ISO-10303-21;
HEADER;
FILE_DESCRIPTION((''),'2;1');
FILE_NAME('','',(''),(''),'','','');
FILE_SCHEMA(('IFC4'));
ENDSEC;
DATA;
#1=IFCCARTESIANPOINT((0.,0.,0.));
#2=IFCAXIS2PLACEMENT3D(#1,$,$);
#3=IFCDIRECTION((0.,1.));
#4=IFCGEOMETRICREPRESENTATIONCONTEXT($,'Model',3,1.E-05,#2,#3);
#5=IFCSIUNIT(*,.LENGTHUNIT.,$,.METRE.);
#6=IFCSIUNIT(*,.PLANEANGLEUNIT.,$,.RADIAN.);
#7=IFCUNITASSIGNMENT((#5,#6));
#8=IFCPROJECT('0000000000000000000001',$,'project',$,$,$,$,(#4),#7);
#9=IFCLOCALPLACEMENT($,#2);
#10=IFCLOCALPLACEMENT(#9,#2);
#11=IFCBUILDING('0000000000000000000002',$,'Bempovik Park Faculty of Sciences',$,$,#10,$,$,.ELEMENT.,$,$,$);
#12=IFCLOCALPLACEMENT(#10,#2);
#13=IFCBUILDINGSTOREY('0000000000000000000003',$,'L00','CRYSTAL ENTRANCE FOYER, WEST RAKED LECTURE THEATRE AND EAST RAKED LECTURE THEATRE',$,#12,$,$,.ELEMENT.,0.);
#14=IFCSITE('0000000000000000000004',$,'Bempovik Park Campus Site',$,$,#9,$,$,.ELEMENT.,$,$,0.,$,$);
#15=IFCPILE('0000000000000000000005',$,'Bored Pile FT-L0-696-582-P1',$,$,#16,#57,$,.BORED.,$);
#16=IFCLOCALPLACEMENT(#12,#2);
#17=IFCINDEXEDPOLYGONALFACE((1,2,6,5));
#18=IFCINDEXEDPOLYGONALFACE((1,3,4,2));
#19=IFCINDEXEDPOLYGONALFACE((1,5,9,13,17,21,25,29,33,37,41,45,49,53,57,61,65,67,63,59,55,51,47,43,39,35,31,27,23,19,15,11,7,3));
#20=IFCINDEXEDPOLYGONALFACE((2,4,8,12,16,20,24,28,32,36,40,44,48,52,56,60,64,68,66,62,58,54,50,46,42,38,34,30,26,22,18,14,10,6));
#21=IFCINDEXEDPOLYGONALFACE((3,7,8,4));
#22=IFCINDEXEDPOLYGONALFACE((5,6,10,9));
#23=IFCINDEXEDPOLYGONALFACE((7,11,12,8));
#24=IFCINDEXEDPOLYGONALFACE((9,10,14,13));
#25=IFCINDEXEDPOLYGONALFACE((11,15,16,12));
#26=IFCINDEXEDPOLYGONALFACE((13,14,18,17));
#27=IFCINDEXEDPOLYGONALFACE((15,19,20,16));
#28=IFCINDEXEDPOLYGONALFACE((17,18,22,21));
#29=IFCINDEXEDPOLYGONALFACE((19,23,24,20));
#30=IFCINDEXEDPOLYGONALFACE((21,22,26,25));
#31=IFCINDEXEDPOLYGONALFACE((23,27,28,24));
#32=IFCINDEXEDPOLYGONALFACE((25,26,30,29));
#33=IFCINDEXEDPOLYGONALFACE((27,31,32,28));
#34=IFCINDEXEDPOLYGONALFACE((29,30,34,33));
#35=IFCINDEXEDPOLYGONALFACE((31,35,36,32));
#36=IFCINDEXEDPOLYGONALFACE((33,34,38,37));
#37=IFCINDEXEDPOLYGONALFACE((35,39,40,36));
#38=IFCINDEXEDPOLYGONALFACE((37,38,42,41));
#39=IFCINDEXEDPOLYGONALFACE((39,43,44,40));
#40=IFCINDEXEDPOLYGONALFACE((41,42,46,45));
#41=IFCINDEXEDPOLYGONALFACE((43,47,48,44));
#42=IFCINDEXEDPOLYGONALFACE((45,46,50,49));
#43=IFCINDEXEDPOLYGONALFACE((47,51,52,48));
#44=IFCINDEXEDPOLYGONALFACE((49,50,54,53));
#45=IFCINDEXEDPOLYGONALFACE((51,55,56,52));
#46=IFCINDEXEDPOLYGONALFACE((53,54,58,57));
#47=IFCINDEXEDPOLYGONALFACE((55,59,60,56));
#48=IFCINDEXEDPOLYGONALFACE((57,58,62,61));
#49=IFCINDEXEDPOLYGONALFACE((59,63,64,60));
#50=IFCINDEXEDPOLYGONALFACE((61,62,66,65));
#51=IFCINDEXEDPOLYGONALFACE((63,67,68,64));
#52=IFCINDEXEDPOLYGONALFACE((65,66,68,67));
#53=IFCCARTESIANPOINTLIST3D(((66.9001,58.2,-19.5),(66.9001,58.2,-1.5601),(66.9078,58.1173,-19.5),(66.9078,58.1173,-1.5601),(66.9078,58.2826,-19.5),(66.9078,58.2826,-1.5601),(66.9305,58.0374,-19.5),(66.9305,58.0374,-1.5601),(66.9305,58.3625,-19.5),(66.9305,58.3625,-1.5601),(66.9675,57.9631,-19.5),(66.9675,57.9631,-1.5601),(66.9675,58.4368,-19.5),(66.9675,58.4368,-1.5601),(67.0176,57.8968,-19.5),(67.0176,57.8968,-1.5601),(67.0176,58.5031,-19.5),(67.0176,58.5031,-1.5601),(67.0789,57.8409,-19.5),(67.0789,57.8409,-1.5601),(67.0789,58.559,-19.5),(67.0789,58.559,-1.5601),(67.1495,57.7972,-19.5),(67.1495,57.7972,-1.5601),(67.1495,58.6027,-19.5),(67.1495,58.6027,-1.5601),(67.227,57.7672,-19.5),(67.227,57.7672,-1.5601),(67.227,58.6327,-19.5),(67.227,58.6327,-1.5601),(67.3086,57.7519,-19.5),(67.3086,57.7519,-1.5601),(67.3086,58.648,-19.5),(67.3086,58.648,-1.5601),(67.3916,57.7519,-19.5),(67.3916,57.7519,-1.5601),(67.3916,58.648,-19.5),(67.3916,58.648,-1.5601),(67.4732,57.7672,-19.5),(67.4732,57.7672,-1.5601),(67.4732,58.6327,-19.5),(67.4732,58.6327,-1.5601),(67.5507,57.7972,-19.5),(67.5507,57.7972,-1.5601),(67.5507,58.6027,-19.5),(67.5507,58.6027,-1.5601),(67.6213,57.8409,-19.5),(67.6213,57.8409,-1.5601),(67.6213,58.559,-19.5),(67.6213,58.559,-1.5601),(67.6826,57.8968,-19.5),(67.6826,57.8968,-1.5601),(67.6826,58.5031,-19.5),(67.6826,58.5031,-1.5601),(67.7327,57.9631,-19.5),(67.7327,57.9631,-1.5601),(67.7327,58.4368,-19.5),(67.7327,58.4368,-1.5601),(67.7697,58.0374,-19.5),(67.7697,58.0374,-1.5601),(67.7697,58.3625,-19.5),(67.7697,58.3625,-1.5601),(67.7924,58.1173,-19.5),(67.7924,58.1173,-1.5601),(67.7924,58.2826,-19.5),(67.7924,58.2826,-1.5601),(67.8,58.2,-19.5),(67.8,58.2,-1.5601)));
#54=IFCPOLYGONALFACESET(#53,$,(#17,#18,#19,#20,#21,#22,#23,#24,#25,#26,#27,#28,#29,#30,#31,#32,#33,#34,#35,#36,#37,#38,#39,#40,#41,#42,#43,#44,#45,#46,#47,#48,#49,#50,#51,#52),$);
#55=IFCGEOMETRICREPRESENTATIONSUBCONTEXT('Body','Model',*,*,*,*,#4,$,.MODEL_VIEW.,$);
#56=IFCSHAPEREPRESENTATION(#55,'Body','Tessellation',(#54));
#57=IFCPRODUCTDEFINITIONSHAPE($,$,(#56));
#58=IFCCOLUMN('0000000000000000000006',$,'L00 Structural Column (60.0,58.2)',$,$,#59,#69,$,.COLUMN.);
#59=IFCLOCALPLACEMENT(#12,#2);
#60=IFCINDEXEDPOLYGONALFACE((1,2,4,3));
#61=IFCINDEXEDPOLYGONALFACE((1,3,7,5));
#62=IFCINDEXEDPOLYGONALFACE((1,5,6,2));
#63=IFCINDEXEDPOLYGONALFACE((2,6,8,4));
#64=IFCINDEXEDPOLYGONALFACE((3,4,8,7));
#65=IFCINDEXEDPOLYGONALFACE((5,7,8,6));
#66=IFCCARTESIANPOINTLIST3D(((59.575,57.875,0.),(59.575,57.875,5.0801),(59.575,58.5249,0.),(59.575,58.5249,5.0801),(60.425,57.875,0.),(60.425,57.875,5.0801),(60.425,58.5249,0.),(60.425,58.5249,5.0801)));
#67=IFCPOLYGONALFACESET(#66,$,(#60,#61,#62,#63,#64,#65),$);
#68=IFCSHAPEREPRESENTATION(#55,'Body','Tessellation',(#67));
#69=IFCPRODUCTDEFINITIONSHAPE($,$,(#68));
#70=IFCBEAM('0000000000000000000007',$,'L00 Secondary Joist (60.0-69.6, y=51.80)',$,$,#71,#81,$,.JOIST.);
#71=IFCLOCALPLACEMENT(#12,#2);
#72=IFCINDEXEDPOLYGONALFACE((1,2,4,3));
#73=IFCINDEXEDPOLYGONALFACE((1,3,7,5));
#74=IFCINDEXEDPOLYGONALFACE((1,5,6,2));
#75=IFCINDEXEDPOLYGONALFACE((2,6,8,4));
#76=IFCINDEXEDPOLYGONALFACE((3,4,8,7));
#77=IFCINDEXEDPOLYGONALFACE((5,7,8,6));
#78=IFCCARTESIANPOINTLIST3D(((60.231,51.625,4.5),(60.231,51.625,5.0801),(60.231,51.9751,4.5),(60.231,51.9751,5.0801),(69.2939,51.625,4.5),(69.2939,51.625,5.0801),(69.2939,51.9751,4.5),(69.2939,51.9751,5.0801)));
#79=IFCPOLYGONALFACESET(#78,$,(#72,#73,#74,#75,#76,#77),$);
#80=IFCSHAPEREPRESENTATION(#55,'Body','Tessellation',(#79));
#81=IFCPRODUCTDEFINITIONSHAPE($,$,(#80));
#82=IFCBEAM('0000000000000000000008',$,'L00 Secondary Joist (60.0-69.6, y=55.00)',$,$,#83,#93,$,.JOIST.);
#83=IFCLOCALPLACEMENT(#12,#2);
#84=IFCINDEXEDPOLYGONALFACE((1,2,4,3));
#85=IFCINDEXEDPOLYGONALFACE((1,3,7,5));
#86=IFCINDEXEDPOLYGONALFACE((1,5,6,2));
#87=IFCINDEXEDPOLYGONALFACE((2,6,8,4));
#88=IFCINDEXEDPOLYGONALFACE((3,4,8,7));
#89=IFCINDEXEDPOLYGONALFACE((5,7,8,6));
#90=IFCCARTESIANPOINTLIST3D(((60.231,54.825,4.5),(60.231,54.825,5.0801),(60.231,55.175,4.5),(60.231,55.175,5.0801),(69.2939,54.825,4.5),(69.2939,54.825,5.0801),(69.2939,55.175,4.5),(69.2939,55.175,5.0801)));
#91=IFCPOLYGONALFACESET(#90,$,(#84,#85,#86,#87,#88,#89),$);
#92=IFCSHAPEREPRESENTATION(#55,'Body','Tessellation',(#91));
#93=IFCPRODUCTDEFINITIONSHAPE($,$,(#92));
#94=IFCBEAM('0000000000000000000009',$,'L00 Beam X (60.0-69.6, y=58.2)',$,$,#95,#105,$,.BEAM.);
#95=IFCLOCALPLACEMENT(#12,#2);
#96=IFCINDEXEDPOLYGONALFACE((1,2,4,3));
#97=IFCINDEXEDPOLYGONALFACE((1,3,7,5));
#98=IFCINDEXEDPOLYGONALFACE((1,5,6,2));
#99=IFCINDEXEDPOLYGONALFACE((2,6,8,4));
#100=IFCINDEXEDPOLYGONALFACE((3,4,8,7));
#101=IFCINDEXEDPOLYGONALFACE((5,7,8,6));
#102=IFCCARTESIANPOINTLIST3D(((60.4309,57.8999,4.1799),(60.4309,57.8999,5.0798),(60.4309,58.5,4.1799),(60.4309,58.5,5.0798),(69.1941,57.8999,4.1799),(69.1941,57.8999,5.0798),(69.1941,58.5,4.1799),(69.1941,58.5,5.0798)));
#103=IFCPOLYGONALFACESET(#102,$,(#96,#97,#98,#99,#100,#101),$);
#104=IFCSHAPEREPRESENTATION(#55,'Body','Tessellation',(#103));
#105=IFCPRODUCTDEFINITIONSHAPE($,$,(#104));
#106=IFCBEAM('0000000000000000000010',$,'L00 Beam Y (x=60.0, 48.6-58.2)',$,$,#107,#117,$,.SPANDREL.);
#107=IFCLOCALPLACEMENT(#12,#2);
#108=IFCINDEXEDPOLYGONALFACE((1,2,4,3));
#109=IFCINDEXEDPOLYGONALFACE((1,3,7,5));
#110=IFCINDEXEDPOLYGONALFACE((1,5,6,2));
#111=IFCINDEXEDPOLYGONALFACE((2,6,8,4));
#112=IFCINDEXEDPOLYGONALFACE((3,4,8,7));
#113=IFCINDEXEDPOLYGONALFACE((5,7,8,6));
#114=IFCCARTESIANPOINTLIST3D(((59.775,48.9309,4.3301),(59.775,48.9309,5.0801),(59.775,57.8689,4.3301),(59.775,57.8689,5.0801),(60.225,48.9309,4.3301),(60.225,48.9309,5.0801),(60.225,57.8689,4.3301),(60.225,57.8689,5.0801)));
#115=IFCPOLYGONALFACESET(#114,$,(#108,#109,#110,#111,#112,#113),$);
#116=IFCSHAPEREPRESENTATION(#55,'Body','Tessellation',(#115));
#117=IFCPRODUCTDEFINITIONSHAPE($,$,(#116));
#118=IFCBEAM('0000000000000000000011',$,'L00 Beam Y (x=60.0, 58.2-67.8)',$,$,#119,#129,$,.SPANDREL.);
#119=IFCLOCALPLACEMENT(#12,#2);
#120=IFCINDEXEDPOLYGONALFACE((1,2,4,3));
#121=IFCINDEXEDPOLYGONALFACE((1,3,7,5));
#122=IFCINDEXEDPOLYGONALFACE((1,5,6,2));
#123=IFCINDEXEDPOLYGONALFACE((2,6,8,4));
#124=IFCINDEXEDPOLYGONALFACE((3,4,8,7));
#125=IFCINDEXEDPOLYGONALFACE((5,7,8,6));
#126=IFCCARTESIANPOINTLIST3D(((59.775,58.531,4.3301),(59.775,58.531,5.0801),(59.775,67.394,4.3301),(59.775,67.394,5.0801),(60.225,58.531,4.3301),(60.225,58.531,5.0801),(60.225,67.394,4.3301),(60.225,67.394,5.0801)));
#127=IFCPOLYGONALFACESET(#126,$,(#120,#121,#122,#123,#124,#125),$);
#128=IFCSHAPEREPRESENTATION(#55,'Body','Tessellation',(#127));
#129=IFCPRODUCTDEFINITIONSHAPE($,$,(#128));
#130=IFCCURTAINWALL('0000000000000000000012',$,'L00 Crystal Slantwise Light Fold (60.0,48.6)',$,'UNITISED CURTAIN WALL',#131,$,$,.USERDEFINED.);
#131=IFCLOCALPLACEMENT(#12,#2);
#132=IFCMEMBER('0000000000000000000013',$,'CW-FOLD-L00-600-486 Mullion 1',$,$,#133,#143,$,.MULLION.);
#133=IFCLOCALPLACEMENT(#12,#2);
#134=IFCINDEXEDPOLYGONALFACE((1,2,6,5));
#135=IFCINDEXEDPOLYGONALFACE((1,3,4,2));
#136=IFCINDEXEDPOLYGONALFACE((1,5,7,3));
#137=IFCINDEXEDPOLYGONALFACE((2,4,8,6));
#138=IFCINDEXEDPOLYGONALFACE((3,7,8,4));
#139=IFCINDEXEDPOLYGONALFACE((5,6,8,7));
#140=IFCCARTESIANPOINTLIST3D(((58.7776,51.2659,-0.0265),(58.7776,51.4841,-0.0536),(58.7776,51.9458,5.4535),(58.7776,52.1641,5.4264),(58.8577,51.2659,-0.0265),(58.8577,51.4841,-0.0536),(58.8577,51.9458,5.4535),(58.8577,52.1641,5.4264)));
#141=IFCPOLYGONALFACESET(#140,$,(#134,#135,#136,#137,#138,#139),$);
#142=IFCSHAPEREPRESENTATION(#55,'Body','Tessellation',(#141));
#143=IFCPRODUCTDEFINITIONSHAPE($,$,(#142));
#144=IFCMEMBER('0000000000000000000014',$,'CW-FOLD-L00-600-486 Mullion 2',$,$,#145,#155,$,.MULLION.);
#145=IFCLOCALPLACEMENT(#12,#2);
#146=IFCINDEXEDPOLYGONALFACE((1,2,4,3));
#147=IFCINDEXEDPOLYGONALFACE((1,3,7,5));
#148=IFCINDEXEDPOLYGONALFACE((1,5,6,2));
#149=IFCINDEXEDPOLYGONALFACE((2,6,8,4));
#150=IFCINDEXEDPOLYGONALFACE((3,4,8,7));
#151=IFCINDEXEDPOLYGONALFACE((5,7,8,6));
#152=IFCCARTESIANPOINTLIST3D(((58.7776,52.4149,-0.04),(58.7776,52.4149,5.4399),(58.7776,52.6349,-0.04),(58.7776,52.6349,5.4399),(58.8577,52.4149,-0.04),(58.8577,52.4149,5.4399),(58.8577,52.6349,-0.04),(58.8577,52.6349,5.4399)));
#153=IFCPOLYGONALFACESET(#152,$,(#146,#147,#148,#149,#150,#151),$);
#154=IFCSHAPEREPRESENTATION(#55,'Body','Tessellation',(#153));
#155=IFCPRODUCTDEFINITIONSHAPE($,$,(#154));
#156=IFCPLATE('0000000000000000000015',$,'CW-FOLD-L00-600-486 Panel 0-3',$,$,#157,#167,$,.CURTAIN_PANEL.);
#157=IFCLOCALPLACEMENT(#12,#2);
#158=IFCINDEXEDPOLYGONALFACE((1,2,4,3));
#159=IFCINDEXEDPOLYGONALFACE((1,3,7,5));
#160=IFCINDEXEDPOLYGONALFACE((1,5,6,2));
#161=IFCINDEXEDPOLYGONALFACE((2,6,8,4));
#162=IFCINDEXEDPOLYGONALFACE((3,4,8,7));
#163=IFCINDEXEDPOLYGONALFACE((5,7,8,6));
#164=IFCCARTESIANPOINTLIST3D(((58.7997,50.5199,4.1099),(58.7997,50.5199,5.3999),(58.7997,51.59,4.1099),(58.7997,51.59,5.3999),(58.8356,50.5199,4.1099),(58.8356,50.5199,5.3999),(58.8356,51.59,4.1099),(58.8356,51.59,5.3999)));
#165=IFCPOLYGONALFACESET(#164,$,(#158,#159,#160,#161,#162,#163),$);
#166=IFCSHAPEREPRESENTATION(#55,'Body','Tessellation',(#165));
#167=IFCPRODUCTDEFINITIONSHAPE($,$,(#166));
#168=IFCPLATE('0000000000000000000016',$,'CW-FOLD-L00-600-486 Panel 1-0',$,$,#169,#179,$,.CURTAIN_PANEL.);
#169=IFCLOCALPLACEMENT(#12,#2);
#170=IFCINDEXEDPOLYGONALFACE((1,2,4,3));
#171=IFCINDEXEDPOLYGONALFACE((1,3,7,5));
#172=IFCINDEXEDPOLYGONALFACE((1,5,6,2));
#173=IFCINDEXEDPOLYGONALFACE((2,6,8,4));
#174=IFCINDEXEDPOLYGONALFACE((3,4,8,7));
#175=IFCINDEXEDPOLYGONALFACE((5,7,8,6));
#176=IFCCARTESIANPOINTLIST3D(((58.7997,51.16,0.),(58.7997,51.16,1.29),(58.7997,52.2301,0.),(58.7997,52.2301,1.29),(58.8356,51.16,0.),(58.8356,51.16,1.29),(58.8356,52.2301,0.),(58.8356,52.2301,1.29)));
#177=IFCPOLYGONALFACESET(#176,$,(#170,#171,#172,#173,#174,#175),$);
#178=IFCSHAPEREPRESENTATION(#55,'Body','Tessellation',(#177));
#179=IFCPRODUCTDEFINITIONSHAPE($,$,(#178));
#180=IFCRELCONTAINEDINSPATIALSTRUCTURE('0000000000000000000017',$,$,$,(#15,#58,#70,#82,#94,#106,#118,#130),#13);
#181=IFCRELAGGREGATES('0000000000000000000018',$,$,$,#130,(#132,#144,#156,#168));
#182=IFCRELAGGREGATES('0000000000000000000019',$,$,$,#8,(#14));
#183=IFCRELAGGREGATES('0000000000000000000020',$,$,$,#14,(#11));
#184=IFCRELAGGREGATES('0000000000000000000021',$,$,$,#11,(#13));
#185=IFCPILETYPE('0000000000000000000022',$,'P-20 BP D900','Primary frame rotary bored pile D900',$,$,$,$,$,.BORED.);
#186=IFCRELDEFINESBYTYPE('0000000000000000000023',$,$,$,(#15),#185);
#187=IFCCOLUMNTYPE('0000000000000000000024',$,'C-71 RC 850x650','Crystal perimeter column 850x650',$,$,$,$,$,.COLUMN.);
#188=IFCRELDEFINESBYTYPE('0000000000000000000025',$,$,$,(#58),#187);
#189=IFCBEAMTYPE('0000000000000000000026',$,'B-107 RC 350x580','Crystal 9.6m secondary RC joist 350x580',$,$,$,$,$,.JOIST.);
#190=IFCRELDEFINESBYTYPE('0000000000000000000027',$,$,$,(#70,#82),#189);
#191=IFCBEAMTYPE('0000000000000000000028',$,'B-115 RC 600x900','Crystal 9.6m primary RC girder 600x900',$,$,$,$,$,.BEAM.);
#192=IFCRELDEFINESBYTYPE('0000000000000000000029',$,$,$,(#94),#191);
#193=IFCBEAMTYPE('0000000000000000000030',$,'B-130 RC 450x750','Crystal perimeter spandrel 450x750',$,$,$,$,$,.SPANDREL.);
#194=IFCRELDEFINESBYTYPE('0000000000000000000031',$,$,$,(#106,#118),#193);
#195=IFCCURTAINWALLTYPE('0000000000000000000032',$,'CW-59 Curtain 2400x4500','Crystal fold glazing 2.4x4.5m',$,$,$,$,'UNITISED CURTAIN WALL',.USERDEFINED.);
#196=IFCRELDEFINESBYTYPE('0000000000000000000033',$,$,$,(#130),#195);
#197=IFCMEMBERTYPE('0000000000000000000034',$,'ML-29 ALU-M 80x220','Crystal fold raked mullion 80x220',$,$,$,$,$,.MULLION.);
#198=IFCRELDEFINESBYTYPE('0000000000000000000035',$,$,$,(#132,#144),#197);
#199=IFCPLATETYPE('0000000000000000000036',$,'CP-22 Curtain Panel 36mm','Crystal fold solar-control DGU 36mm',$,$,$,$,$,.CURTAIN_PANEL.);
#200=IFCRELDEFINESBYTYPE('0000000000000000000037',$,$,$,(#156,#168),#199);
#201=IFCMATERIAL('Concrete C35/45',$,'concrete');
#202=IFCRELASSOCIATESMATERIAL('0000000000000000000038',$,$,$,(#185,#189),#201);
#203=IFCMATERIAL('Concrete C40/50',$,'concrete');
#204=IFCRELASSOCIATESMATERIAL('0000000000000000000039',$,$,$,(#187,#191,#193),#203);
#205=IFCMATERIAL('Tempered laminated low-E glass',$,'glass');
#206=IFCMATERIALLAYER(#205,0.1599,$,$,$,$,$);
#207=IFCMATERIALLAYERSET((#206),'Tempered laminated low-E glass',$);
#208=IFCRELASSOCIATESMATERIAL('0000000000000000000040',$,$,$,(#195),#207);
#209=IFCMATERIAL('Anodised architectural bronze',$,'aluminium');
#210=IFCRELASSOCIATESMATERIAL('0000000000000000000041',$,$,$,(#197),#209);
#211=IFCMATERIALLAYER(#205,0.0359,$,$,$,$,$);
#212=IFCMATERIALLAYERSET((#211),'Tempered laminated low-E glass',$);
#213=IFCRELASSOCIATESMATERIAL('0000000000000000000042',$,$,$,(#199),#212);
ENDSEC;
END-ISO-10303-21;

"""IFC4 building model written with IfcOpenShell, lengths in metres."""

from ifc_helpers import new_model, si_unit, direction, frame, origin, origin_2d, place, context, subcontext, project, spatial, rectangle, circle, extrude, material, layer, layer_set, material_profile, profile_set, type_object, element, aggregate, save


model = new_model("IFC4")

# Units and contexts
model_context = context("Model", 3, precision=1e-05, world=origin(), true_north=direction((0.0, 1.0)))
body_context = subcontext(model_context, "Body", "Model", "MODEL_VIEW")
ifc_project = project(units=[si_unit("LENGTHUNIT", "METRE"), si_unit("PLANEANGLEUNIT", "RADIAN")], contexts=[model_context])

# Site, building, storey
site_placement = place(None, origin())
site = spatial("IfcSite", under=ifc_project, at=site_placement, Name="Bempovik Park Campus Site", CompositionType="ELEMENT", RefElevation=0.0)
building_placement = place(site_placement, origin())
building = spatial("IfcBuilding", under=site, at=building_placement, Name="Bempovik Park Faculty of Sciences", CompositionType="ELEMENT")
storey_placement = place(building_placement, origin())
storey = spatial("IfcBuildingStorey", under=building, at=storey_placement, Name="L00", Description="CRYSTAL ENTRANCE FOYER, WEST RAKED LECTURE THEATRE AND EAST RAKED LECTURE THEATRE", CompositionType="ELEMENT", Elevation=0.0)

# Shared definitions
ifc_material_1 = material(Name="Concrete C35/45", Category="concrete")

# Pile
ifc_material_profile_1 = material_profile(ifc_material_1, circle(Radius=0.45, at=origin_2d()), Name="BP D900")
ifc_profile_set_1 = profile_set([ifc_material_profile_1], Name="Concrete C35/45")
pile_type = type_object("IfcPileType", Name="P-20 BP D900", Description="Primary frame rotary bored pile D900", PredefinedType="BORED", material=ifc_profile_set_1)
for number, where, z_axis, x_axis, name in (
    (1, (67.3501, 58.2, -1.5601), (0.0, 0.0, -1.0), (1.0, 0.0, 0.0), "Bored Pile FT-L0-696-582-P1"),
):
    element("IfcPile", number, at=place(storey_placement, frame(where, z_axis=z_axis, x_axis=x_axis)), inside=storey, type_object=pile_type, Name=name, PredefinedType="BORED", context=body_context, shape_type="SweptSolid", body=[
        extrude(circle(Radius=0.45, at=origin_2d()), origin(), (0.0, 0.0, 1.0), 17.9399),
    ])

# Column
ifc_material_2 = material(Name="Concrete C40/50", Category="concrete")
ifc_material_profile_2 = material_profile(ifc_material_2, rectangle(XDim=0.8501, YDim=0.6499, at=origin_2d()), Name="RC 850x650")
ifc_profile_set_2 = profile_set([ifc_material_profile_2], Name="Concrete C40/50")
column_type = type_object("IfcColumnType", Name="C-71 RC 850x650", Description="Crystal perimeter column 850x650", PredefinedType="COLUMN", material=ifc_profile_set_2)
column_placement = place(storey_placement, frame((60.0, 58.2, 0.0), z_axis=(0.0, 0.0, 1.0), x_axis=(1.0, 0.0, 0.0)))
element("IfcColumn", 2, at=column_placement, inside=storey, type_object=column_type, Name="L00 Structural Column (60.0,58.2)", PredefinedType="COLUMN", context=body_context, shape_type="SweptSolid", body=[
    extrude(rectangle(XDim=0.8501, YDim=0.6499, at=origin_2d()), origin(), (0.0, 0.0, 1.0), 5.0801),
])

# Beams
ifc_material_profile_3 = material_profile(ifc_material_1, rectangle(XDim=0.3501, YDim=0.5801, at=origin_2d()), Name="RC 350x580")
ifc_profile_set_3 = profile_set([ifc_material_profile_3], Name="Concrete C35/45")
beam_type_1 = type_object("IfcBeamType", Name="B-107 RC 350x580", Description="Crystal 9.6m secondary RC joist 350x580", PredefinedType="JOIST", material=ifc_profile_set_3)
for number, where, z_axis, x_axis, name in (
    (3, (60.231, 51.8, 4.79), (1.0, 0.0, 0.0), (0.0, 1.0, 0.0), "L00 Secondary Joist (60.0-69.6, y=51.80)"),
    (4, (60.231, 55.0, 4.79), (1.0, 0.0, 0.0), (0.0, 1.0, 0.0), "L00 Secondary Joist (60.0-69.6, y=55.00)"),
):
    element("IfcBeam", number, at=place(storey_placement, frame(where, z_axis=z_axis, x_axis=x_axis)), inside=storey, type_object=beam_type_1, Name=name, PredefinedType="JOIST", context=body_context, shape_type="SweptSolid", body=[
        extrude(rectangle(XDim=0.3501, YDim=0.5801, at=origin_2d()), origin(), (0.0, 0.0, 1.0), 9.063),
    ])
ifc_material_profile_4 = material_profile(ifc_material_2, rectangle(XDim=0.6001, YDim=0.8999, at=origin_2d()), Name="RC 600x900")
ifc_profile_set_4 = profile_set([ifc_material_profile_4], Name="Concrete C40/50")
beam_type_2 = type_object("IfcBeamType", Name="B-115 RC 600x900", Description="Crystal 9.6m primary RC girder 600x900", PredefinedType="BEAM", material=ifc_profile_set_4)
beam_1_placement = place(storey_placement, frame((60.4309, 58.2, 4.6299), z_axis=(1.0, 0.0, 0.0), x_axis=(0.0, 1.0, 0.0)))
element("IfcBeam", 5, at=beam_1_placement, inside=storey, type_object=beam_type_2, Name="L00 Beam X (60.0-69.6, y=58.2)", PredefinedType="BEAM", context=body_context, shape_type="SweptSolid", body=[
    extrude(rectangle(XDim=0.6001, YDim=0.8999, at=origin_2d()), origin(), (0.0, 0.0, 1.0), 8.7632),
])
ifc_material_profile_5 = material_profile(ifc_material_2, rectangle(XDim=0.45, YDim=0.75, at=origin_2d()), Name="RC 450x750")
ifc_profile_set_5 = profile_set([ifc_material_profile_5], Name="Concrete C40/50")
beam_type_3 = type_object("IfcBeamType", Name="B-130 RC 450x750", Description="Crystal perimeter spandrel 450x750", PredefinedType="SPANDREL", material=ifc_profile_set_5)
beam_2_placement = place(storey_placement, frame((60.0, 48.9309, 4.7051), z_axis=(0.0, 1.0, 0.0), x_axis=(-1.0, 0.0, 0.0)))
element("IfcBeam", 6, at=beam_2_placement, inside=storey, type_object=beam_type_3, Name="L00 Beam Y (x=60.0, 48.6-58.2)", PredefinedType="SPANDREL", context=body_context, shape_type="SweptSolid", body=[
    extrude(rectangle(XDim=0.45, YDim=0.75, at=origin_2d()), origin(), (0.0, 0.0, 1.0), 8.938),
])
beam_3_placement = place(storey_placement, frame((60.0, 58.531, 4.7051), z_axis=(0.0, 1.0, 0.0), x_axis=(-1.0, 0.0, 0.0)))
element("IfcBeam", 7, at=beam_3_placement, inside=storey, type_object=beam_type_3, Name="L00 Beam Y (x=60.0, 58.2-67.8)", PredefinedType="SPANDREL", context=body_context, shape_type="SweptSolid", body=[
    extrude(rectangle(XDim=0.45, YDim=0.75, at=origin_2d()), origin(), (0.0, 0.0, 1.0), 8.863),
])

# Curtain wall, members, plates
ifc_material_3 = material(Name="Tempered laminated low-E glass", Category="glass")
ifc_layer_1 = layer(ifc_material_3, 0.1599)
ifc_layer_set_1 = layer_set([ifc_layer_1], Name="Tempered laminated low-E glass")
curtain_wall_type = type_object("IfcCurtainWallType", Name="CW-59 Curtain 2400x4500", Description="Crystal fold glazing 2.4x4.5m", ElementType="UNITISED CURTAIN WALL", PredefinedType="USERDEFINED", material=ifc_layer_set_1)
curtain_wall_placement = place(storey_placement, origin())
curtain_wall = element("IfcCurtainWall", 8, at=curtain_wall_placement, inside=storey, type_object=curtain_wall_type, Name="L00 Crystal Slantwise Light Fold (60.0,48.6)", ObjectType="UNITISED CURTAIN WALL", PredefinedType="USERDEFINED")
ifc_material_4 = material(Name="Anodised architectural bronze", Category="aluminium")
ifc_material_profile_6 = material_profile(ifc_material_4, rectangle(XDim=0.0801, YDim=0.22, at=origin_2d()), Name="ALU-M 80x220")
ifc_profile_set_6 = profile_set([ifc_material_profile_6], Name="Anodised architectural bronze")
member_type = type_object("IfcMemberType", Name="ML-29 ALU-M 80x220", Description="Crystal fold raked mullion 80x220", PredefinedType="MULLION", material=ifc_profile_set_6)
member_1_placement = place(storey_placement, frame((58.8176, 51.375, -0.04), z_axis=(0.0, 0.123131, 0.99239), x_axis=(-1.0, 0.0, 0.0)))
member_1 = element("IfcMember", 9, at=member_1_placement, type_object=member_type, Name="CW-FOLD-L00-600-486 Mullion 1", PredefinedType="MULLION", context=body_context, shape_type="SweptSolid", body=[
    extrude(rectangle(XDim=0.0801, YDim=0.22, at=origin_2d()), origin(), (0.0, 0.0, 1.0), 5.522),
])
member_2_placement = place(storey_placement, frame((58.8176, 52.5249, -0.04), z_axis=(0.0, 0.0, 1.0), x_axis=(1.0, 0.0, 0.0)))
member_2 = element("IfcMember", 10, at=member_2_placement, type_object=member_type, Name="CW-FOLD-L00-600-486 Mullion 2", PredefinedType="MULLION", context=body_context, shape_type="SweptSolid", body=[
    extrude(rectangle(XDim=0.0801, YDim=0.22, at=origin_2d()), origin(), (0.0, 0.0, 1.0), 5.48),
])
ifc_layer_2 = layer(ifc_material_3, 0.0359)
ifc_layer_set_2 = layer_set([ifc_layer_2], Name="Tempered laminated low-E glass")
plate_type = type_object("IfcPlateType", Name="CP-22 Curtain Panel 36mm", Description="Crystal fold solar-control DGU 36mm", PredefinedType="CURTAIN_PANEL", material=ifc_layer_set_2)
plate_1_placement = place(storey_placement, frame((58.8176, 51.0549, 4.1099), z_axis=(0.0, 0.0, 1.0), x_axis=(0.0, 1.0, 0.0)))
plate_1 = element("IfcPlate", 11, at=plate_1_placement, type_object=plate_type, Name="CW-FOLD-L00-600-486 Panel 0-3", PredefinedType="CURTAIN_PANEL", context=body_context, shape_type="SweptSolid", body=[
    extrude(rectangle(XDim=1.0701, YDim=0.0359, at=origin_2d()), origin(), (0.0, 0.0, 1.0), 1.29),
])
plate_2_placement = place(storey_placement, frame((58.8176, 51.6951, 0.0), z_axis=(0.0, 0.0, 1.0), x_axis=(0.0, 1.0, 0.0)))
plate_2 = element("IfcPlate", 12, at=plate_2_placement, type_object=plate_type, Name="CW-FOLD-L00-600-486 Panel 1-0", PredefinedType="CURTAIN_PANEL", context=body_context, shape_type="SweptSolid", body=[
    extrude(rectangle(XDim=1.0701, YDim=0.0359, at=origin_2d()), origin(), (0.0, 0.0, 1.0), 1.29),
])
aggregate(curtain_wall, [member_1, member_2, plate_1, plate_2])

save(model, "model.ifc")
